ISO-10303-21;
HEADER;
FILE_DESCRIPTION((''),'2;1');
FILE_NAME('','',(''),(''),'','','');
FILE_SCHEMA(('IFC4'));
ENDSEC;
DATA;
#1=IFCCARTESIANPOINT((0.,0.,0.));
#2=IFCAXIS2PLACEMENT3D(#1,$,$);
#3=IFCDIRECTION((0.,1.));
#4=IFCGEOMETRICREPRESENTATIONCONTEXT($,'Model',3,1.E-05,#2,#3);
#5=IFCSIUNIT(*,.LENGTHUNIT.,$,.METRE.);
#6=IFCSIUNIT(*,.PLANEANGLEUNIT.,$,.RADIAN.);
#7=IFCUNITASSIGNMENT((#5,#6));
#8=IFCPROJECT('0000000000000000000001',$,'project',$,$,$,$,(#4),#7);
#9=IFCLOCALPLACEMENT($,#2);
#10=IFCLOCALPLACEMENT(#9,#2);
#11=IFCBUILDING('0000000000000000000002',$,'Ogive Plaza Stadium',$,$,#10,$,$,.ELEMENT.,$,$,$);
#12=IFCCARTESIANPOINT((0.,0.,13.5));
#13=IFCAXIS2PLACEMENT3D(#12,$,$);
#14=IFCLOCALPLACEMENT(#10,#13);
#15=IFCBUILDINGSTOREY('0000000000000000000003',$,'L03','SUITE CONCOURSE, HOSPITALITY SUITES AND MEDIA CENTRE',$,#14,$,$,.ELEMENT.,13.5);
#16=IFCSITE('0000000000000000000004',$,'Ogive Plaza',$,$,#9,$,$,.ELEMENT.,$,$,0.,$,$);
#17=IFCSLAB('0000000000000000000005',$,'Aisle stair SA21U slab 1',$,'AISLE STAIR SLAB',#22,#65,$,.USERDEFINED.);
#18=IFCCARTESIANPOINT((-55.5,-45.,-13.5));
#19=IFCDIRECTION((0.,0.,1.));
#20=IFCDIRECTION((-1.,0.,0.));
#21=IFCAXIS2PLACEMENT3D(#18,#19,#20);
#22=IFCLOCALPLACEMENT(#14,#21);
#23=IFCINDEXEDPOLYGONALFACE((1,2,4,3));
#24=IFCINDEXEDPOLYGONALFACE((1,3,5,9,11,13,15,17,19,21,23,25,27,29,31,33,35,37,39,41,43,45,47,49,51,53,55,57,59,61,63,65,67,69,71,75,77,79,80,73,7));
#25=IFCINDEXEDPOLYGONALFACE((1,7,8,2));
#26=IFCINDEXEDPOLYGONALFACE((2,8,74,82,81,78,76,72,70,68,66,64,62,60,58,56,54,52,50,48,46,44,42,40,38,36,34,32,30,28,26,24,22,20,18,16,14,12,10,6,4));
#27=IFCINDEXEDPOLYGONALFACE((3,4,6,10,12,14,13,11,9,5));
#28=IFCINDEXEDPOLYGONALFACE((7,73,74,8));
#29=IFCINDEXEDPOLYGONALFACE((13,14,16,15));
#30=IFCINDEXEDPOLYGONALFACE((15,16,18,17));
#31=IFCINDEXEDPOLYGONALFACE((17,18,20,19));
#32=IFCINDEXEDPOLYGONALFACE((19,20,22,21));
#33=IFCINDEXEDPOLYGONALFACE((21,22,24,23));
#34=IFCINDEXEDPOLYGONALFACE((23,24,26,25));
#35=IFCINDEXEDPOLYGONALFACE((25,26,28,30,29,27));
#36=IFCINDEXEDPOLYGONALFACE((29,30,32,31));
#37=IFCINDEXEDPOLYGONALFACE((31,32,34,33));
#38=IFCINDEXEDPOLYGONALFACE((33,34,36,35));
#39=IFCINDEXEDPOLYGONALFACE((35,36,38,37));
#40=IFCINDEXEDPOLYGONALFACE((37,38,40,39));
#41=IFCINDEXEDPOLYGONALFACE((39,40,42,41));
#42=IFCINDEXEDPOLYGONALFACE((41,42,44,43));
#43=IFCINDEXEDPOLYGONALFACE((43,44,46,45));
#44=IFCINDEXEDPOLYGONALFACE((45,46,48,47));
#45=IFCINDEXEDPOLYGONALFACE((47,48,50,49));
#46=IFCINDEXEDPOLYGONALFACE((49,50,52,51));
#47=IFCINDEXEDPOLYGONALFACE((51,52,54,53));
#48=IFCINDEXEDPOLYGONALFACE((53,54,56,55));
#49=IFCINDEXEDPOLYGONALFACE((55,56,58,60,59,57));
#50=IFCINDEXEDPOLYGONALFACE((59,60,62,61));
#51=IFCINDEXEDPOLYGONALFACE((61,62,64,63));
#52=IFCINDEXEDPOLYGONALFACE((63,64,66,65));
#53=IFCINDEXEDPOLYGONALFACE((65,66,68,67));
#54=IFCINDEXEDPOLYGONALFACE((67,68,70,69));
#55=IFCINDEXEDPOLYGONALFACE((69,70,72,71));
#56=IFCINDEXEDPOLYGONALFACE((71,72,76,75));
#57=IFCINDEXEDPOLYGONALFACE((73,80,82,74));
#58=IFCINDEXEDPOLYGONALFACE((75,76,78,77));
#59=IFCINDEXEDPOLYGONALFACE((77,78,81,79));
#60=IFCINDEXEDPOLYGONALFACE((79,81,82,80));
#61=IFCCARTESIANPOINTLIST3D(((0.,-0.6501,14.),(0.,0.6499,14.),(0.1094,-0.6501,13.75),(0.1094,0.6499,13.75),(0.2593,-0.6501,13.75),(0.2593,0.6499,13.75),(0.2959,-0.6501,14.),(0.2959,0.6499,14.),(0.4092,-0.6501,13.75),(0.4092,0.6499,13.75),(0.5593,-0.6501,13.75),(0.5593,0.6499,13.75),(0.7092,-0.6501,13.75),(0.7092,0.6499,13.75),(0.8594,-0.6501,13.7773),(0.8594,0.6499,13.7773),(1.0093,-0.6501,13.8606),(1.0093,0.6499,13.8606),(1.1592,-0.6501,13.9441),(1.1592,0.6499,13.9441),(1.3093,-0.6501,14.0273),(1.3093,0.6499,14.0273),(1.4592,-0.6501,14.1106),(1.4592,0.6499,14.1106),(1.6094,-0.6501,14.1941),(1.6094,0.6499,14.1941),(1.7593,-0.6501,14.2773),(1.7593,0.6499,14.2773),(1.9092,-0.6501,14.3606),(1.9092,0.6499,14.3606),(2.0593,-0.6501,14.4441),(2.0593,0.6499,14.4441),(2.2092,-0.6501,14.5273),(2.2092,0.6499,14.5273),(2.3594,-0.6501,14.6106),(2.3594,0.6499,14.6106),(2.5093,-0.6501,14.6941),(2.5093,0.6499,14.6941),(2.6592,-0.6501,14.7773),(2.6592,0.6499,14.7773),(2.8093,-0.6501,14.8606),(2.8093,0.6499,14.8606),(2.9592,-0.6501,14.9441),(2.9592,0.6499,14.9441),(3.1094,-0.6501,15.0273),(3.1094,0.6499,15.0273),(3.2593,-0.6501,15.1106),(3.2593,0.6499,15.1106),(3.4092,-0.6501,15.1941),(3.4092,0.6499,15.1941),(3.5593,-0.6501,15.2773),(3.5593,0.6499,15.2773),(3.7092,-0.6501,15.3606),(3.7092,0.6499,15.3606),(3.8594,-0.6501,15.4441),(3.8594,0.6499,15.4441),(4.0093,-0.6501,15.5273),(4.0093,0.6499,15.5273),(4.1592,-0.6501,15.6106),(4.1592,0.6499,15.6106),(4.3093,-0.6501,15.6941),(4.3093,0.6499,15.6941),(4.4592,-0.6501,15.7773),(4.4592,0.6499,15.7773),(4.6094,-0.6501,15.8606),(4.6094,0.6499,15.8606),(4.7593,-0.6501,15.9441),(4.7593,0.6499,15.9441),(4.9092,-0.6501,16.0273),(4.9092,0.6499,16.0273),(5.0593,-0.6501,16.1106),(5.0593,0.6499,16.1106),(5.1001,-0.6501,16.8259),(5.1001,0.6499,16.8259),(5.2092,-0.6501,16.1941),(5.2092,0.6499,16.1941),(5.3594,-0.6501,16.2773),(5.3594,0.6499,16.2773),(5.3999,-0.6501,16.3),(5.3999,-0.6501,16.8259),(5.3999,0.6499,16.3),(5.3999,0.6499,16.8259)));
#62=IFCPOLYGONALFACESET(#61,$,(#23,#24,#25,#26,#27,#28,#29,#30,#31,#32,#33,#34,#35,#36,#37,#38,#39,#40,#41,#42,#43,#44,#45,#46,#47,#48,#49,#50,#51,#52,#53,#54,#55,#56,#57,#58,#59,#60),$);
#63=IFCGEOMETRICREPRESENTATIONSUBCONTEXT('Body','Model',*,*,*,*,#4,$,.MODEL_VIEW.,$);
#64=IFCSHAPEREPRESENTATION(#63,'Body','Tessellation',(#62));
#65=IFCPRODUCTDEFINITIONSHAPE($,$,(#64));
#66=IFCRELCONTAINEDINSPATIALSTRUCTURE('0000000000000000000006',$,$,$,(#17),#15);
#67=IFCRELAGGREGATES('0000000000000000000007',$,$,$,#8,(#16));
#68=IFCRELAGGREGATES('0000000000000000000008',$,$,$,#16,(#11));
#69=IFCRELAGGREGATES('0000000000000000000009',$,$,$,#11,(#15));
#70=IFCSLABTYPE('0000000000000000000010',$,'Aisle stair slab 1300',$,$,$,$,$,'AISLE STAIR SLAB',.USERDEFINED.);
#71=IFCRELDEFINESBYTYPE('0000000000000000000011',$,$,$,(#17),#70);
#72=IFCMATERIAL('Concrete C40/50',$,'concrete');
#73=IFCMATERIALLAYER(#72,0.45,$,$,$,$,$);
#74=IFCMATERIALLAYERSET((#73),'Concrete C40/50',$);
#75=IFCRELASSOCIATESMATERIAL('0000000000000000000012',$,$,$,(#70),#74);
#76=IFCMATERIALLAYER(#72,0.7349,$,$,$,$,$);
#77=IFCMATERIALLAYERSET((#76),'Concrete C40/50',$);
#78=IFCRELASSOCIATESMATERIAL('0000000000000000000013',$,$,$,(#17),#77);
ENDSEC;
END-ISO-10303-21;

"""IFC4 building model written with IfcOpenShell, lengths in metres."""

from ifc_helpers import new_model, si_unit, direction, frame, origin, place, context, subcontext, project, spatial, polyline, outline, extrude, material, layer, layer_set, type_object, element, save


model = new_model("IFC4")

# Units and contexts
model_context = context("Model", 3, precision=1e-05, world=origin(), true_north=direction((0.0, 1.0)))
body_context = subcontext(model_context, "Body", "Model", "MODEL_VIEW")
ifc_project = project(units=[si_unit("LENGTHUNIT", "METRE"), si_unit("PLANEANGLEUNIT", "RADIAN")], contexts=[model_context])

# Site, building, storey
site_placement = place(None, origin())
site = spatial("IfcSite", under=ifc_project, at=site_placement, Name="Ogive Plaza", CompositionType="ELEMENT", RefElevation=0.0)
building_placement = place(site_placement, origin())
building = spatial("IfcBuilding", under=site, at=building_placement, Name="Ogive Plaza Stadium", CompositionType="ELEMENT")
storey_placement = place(building_placement, frame((0.0, 0.0, 13.5)))
storey = spatial("IfcBuildingStorey", under=building, at=storey_placement, Name="L03", Description="SUITE CONCOURSE, HOSPITALITY SUITES AND MEDIA CENTRE", CompositionType="ELEMENT", Elevation=13.5)

# Slab
ifc_material_1 = material(Name="Concrete C40/50", Category="concrete")
ifc_layer_1 = layer(ifc_material_1, 0.7349)
ifc_layer_set_1 = layer_set([ifc_layer_1], Name="Concrete C40/50")
ifc_layer_2 = layer(ifc_material_1, 0.45)
ifc_layer_set_2 = layer_set([ifc_layer_2], Name="Concrete C40/50")
slab_type = type_object("IfcSlabType", Name="Aisle stair slab 1300", ElementType="AISLE STAIR SLAB", PredefinedType="USERDEFINED", material=ifc_layer_set_2)
slab_1_placement = place(storey_placement, frame((-55.5, -45.0, -13.5), z_axis=(0.0, 0.0, 1.0), x_axis=(-1.0, 0.0, 0.0)))
element("IfcSlab", 1, at=slab_1_placement, inside=storey, type_object=slab_type, material=ifc_layer_set_1, Name="Aisle stair SA21U slab 1", ObjectType="AISLE STAIR SLAB", PredefinedType="USERDEFINED", context=body_context, shape_type="SweptSolid", body=[
    extrude(outline(polyline([(0.0, 14.0), (0.2959, 14.0), (5.1001, 16.8259), (5.3999, 16.8259), (5.3999, 16.3), (5.3594, 16.2773), (5.2092, 16.1941), (5.0593, 16.1106), (4.9092, 16.0273), (4.7593, 15.9441), (4.6094, 15.8606), (4.4592, 15.7773), (4.3093, 15.6941), (4.1592, 15.6106), (4.0093, 15.5273), (3.8594, 15.4441), (3.7092, 15.3606), (3.5593, 15.2773), (3.4092, 15.1941), (3.2593, 15.1106), (3.1094, 15.0273), (2.9592, 14.9441), (2.8093, 14.8606), (2.6592, 14.7773), (2.5093, 14.6941), (2.3594, 14.6106), (2.2092, 14.5273), (2.0593, 14.4441), (1.9092, 14.3606), (1.7593, 14.2773), (1.6094, 14.1941), (1.4592, 14.1106), (1.3093, 14.0273), (1.1592, 13.9441), (1.0093, 13.8606), (0.8594, 13.7773), (0.7092, 13.75), (0.5593, 13.75), (0.4092, 13.75), (0.2593, 13.75), (0.1094, 13.75), (0.0, 14.0)])), frame((0.0, 0.6499, 0.0), z_axis=(0.0, -1.0, 0.0), x_axis=(1.0, 0.0, 0.0)), (0.0, 0.0, 1.0), 1.3),
])

save(model, "model.ifc")
